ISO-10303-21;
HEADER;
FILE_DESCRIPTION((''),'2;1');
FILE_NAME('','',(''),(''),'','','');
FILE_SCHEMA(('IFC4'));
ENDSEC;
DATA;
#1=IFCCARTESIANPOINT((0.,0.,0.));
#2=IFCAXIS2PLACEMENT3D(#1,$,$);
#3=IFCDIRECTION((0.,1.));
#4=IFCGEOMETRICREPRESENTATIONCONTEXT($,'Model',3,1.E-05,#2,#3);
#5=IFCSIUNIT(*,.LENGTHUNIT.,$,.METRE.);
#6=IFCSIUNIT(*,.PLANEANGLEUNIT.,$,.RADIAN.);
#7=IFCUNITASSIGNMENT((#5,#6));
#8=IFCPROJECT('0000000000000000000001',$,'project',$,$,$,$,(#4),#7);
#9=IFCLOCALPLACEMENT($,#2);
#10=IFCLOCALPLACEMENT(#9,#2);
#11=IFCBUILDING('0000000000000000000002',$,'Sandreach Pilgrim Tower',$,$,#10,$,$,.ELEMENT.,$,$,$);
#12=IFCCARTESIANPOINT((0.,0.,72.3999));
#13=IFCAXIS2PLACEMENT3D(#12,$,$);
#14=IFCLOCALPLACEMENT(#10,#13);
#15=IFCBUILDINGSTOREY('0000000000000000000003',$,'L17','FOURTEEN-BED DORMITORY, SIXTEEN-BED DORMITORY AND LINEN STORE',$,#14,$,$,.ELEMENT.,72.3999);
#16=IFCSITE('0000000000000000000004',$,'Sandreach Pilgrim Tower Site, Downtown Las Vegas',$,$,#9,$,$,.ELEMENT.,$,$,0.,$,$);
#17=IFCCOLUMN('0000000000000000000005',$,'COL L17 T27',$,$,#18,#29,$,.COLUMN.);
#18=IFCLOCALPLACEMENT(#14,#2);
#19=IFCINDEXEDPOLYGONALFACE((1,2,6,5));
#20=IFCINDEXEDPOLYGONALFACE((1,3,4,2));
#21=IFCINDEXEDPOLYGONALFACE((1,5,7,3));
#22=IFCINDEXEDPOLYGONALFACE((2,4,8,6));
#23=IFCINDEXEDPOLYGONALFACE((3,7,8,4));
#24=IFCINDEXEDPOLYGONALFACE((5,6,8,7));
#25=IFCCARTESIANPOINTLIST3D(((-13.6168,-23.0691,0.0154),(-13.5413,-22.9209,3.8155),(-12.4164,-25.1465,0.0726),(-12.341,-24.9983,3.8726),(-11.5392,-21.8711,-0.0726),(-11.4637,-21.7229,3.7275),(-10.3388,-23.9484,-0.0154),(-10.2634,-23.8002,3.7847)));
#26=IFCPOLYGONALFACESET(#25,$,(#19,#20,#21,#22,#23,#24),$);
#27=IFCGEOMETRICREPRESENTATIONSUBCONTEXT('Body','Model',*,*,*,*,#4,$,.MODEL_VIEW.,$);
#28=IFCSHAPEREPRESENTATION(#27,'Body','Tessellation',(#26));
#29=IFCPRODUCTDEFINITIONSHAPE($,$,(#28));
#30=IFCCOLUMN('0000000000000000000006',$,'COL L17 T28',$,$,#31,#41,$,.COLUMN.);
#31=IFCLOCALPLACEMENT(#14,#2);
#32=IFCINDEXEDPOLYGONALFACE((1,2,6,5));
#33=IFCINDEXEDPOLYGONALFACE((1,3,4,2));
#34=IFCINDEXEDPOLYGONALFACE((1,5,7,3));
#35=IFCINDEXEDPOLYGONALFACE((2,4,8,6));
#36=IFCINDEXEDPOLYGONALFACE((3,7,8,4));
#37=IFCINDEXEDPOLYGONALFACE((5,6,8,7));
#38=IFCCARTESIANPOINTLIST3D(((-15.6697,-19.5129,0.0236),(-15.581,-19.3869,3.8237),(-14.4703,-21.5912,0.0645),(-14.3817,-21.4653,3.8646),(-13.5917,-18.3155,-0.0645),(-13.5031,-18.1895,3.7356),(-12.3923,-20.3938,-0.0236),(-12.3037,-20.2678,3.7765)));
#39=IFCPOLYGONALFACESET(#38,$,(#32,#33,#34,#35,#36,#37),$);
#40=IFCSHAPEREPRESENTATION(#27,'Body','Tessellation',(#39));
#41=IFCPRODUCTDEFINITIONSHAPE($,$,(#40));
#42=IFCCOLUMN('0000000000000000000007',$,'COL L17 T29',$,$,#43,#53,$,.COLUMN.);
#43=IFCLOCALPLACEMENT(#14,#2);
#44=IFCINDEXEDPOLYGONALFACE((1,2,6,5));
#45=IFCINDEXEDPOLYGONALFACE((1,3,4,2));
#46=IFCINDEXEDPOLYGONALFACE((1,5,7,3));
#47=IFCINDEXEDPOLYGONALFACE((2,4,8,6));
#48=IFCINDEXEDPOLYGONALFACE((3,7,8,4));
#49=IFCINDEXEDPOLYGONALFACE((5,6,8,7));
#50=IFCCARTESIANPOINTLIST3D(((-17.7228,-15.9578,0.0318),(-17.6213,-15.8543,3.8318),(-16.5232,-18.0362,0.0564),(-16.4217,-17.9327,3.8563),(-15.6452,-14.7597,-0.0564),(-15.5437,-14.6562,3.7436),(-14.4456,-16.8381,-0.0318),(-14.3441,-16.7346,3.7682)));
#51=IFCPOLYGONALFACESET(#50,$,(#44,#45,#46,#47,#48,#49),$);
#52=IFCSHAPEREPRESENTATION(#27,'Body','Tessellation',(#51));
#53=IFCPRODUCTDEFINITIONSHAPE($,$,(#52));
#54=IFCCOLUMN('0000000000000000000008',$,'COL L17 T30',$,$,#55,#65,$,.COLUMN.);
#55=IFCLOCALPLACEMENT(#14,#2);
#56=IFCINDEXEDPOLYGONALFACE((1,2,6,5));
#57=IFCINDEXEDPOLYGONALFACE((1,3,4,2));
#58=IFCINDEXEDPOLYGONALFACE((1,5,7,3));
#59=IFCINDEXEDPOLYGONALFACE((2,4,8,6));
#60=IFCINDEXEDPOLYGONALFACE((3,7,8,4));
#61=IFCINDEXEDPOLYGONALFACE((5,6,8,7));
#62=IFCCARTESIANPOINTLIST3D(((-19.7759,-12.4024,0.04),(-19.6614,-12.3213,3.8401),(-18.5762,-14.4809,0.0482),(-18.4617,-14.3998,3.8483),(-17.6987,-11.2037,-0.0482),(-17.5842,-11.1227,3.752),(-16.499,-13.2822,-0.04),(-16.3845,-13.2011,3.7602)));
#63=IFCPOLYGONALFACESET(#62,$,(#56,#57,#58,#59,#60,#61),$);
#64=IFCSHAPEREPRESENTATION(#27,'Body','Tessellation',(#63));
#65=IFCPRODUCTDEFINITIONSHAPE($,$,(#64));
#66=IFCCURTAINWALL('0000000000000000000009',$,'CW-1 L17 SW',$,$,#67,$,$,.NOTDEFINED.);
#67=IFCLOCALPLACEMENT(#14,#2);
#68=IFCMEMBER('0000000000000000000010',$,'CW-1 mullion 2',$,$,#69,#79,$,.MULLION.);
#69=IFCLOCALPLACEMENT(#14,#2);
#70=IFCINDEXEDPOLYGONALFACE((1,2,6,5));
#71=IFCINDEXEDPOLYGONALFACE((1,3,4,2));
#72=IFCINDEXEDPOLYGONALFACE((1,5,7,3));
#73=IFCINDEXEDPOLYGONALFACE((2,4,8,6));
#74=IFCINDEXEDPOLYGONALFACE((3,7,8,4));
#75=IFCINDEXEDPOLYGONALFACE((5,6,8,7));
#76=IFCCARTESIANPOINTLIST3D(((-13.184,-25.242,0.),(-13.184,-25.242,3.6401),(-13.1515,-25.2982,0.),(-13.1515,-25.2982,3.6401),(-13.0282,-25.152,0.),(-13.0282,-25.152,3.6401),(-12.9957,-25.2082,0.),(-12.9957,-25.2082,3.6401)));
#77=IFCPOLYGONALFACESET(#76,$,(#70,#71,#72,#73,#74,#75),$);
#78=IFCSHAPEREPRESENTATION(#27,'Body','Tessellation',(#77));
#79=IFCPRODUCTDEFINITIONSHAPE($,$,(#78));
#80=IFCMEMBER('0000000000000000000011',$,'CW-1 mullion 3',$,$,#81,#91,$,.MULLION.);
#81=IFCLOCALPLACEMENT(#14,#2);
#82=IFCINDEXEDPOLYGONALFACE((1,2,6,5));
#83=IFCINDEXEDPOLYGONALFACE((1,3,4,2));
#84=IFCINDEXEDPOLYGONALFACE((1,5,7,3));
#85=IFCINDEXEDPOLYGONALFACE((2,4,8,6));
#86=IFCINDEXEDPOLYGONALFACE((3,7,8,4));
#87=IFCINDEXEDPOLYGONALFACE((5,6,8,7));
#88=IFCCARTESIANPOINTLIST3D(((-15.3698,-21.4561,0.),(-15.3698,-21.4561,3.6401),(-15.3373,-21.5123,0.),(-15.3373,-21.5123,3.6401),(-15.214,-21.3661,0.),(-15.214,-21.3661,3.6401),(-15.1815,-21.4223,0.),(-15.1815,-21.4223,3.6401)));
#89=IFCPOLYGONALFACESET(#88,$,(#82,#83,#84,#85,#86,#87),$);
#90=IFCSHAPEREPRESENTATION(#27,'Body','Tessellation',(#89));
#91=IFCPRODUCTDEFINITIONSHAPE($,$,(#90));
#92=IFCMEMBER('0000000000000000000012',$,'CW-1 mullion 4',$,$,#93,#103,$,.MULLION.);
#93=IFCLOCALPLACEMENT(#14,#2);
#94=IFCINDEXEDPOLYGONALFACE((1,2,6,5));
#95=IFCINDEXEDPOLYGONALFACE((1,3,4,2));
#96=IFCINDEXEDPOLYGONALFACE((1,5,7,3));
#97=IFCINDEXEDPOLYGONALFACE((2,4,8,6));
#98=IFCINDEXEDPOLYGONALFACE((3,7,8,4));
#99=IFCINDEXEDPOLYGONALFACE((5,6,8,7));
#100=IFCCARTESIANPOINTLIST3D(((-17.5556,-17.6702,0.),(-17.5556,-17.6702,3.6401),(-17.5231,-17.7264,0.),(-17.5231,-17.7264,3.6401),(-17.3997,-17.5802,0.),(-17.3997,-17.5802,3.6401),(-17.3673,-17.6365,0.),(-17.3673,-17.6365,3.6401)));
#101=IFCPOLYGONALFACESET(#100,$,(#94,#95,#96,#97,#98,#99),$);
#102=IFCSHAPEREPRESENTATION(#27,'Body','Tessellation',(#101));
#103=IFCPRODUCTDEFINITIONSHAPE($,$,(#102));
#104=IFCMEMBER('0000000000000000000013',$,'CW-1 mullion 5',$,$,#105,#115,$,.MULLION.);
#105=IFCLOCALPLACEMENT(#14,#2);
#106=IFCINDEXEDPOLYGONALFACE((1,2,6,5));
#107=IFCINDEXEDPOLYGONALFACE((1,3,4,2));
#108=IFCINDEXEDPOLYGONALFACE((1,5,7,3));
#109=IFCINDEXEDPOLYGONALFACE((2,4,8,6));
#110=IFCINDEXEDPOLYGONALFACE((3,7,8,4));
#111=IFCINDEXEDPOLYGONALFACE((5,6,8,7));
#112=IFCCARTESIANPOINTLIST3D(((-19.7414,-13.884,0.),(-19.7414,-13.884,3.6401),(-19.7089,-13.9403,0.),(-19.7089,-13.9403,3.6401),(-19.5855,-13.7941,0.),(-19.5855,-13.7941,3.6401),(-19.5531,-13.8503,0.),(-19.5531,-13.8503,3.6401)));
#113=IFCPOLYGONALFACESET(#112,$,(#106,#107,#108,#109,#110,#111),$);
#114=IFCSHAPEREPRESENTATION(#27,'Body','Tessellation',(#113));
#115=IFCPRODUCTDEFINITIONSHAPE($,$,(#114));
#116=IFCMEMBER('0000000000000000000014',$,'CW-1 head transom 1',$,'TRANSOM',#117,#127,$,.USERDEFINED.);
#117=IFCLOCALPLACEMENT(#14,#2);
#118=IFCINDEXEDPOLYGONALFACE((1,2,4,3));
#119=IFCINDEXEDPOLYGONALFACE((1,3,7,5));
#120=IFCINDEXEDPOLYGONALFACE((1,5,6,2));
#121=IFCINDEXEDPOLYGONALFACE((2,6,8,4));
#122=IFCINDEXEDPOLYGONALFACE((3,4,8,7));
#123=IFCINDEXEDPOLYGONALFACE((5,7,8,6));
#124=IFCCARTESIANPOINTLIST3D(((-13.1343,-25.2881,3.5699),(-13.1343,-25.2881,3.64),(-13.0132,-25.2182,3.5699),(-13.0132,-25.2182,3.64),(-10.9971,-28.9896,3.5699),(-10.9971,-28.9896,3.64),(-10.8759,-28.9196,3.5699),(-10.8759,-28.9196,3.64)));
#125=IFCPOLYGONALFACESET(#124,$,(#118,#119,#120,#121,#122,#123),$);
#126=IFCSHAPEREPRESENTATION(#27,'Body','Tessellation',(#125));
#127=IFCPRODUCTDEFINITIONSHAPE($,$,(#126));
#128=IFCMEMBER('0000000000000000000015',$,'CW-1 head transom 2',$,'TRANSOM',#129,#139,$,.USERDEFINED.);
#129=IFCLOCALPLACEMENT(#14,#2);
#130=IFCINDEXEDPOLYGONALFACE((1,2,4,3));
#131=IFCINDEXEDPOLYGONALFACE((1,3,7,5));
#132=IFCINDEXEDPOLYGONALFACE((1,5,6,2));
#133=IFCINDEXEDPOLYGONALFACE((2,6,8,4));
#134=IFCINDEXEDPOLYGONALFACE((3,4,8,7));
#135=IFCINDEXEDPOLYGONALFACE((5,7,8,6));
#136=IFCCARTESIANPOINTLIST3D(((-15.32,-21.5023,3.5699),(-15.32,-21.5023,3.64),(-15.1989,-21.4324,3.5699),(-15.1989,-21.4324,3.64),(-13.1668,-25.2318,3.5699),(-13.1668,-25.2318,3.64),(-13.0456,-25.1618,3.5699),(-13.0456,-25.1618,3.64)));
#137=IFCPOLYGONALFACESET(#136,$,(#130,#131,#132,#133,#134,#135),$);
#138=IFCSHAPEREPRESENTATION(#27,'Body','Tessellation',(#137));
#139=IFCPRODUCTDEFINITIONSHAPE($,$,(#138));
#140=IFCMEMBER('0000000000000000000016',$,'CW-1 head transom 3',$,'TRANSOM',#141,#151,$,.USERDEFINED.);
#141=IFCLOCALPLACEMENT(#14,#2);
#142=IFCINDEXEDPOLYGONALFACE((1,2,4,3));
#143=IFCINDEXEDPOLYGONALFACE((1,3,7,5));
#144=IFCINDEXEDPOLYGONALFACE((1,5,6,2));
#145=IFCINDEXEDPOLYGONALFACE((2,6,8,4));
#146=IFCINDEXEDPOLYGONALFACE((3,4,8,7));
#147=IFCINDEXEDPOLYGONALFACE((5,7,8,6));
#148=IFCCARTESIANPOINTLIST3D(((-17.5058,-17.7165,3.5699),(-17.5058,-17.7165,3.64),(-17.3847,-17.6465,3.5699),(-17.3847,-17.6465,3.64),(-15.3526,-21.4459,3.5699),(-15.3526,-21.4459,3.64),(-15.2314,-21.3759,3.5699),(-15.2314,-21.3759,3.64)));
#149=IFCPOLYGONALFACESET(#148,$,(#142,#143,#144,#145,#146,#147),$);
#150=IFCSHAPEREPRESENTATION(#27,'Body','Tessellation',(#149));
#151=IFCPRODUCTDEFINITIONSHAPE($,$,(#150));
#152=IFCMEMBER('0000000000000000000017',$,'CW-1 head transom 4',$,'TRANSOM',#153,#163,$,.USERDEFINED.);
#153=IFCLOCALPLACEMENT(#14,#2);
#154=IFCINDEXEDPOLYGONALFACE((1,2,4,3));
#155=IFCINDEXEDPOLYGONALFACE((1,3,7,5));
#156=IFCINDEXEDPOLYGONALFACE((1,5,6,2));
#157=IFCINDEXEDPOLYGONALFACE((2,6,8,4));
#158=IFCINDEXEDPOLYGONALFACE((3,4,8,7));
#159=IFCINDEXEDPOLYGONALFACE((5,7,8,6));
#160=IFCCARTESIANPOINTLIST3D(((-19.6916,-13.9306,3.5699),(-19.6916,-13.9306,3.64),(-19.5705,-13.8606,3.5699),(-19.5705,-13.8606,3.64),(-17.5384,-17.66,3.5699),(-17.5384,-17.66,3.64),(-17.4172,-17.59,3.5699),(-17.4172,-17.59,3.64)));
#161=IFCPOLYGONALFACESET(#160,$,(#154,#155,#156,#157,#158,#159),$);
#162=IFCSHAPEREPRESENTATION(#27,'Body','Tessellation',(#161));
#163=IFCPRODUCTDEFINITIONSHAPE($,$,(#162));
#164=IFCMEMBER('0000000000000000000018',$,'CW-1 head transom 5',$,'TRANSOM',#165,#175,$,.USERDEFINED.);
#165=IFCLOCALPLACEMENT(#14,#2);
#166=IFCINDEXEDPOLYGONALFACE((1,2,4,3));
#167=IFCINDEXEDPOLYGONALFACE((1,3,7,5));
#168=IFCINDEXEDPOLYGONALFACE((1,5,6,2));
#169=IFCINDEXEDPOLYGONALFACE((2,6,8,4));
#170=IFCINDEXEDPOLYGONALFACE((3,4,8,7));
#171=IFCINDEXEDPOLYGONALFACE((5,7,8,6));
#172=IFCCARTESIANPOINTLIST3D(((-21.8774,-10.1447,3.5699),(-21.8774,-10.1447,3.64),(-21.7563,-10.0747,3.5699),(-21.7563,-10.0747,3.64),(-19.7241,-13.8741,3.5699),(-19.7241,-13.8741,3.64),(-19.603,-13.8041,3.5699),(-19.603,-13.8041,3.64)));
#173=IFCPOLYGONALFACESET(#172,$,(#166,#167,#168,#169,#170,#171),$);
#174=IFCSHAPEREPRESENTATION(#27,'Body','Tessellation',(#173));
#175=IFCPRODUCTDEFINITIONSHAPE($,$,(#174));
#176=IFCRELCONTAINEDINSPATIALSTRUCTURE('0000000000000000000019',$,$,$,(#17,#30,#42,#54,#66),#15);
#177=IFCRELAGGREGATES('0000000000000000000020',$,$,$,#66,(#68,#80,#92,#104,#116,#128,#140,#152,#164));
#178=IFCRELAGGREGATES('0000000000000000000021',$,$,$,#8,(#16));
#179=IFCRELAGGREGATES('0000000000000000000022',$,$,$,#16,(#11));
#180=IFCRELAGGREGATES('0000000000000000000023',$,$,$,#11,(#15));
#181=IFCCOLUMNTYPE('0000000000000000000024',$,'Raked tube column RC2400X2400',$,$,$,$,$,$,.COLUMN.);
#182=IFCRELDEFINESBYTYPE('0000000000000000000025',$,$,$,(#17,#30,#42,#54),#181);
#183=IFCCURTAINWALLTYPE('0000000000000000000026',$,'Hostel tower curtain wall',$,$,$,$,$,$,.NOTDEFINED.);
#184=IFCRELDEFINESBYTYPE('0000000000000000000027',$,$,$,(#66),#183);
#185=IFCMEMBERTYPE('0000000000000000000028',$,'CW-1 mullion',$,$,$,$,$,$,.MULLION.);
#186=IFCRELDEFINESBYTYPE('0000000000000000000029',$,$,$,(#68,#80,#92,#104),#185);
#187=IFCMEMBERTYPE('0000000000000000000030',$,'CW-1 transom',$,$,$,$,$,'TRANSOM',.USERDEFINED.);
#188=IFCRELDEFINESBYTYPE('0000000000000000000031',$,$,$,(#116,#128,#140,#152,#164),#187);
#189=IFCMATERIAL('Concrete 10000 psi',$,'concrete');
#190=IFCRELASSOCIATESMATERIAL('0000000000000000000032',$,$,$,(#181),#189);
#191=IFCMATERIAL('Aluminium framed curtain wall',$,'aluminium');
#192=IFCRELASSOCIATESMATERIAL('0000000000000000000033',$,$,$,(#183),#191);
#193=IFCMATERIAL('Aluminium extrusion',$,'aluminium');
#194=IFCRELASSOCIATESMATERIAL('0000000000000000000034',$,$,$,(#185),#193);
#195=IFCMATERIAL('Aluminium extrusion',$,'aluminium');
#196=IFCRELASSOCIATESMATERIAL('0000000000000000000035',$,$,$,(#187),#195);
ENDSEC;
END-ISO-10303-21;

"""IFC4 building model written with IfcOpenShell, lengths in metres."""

from ifc_helpers import new_model, si_unit, direction, frame, origin, origin_2d, place, context, subcontext, project, spatial, rectangle, extrude, material, material_profile, profile_set, type_object, element, aggregate, save


model = new_model("IFC4")

# Units and contexts
model_context = context("Model", 3, precision=1e-05, world=origin(), true_north=direction((0.0, 1.0)))
body_context = subcontext(model_context, "Body", "Model", "MODEL_VIEW")
ifc_project = project(units=[si_unit("LENGTHUNIT", "METRE"), si_unit("PLANEANGLEUNIT", "RADIAN")], contexts=[model_context])

# Site, building, storey
site_placement = place(None, origin())
site = spatial("IfcSite", under=ifc_project, at=site_placement, Name="Sandreach Pilgrim Tower Site, Downtown Las Vegas", CompositionType="ELEMENT", RefElevation=0.0)
building_placement = place(site_placement, origin())
building = spatial("IfcBuilding", under=site, at=building_placement, Name="Sandreach Pilgrim Tower", CompositionType="ELEMENT")
storey_placement = place(building_placement, frame((0.0, 0.0, 72.3999)))
storey = spatial("IfcBuildingStorey", under=building, at=storey_placement, Name="L17", Description="FOURTEEN-BED DORMITORY, SIXTEEN-BED DORMITORY AND LINEN STORE", CompositionType="ELEMENT", Elevation=72.3999)

# Columns
ifc_material_1 = material(Name="Concrete 10000 psi", Category="concrete")
ifc_material_profile_1 = material_profile(ifc_material_1, rectangle(XDim=2.3999, YDim=2.3999, at=origin_2d()), Name="RC2400X2400")
ifc_profile_set_1 = profile_set([ifc_material_profile_1], Name="Concrete 10000 psi")
column_type = type_object("IfcColumnType", Name="Raked tube column RC2400X2400", PredefinedType="COLUMN", material=ifc_profile_set_1)
column_1_placement = place(storey_placement, frame((-11.9778, -23.5088, 0.0), z_axis=(0.019833, 0.03896, 0.999044), x_axis=(-0.865704, -0.499212, 0.036654)))
element("IfcColumn", 1, at=column_1_placement, inside=storey, type_object=column_type, Name="COL L17 T27", PredefinedType="COLUMN", context=body_context, shape_type="SweptSolid", body=[
    extrude(rectangle(XDim=2.3999, YDim=2.3999, at=origin_2d()), origin(), (0.0, 0.0, 1.0), 3.8037),
])
column_2_placement = place(storey_placement, frame((-14.031, -19.9534, 0.0), z_axis=(0.023302, 0.033124, 0.99918), x_axis=(-0.865854, -0.498947, 0.036734)))
element("IfcColumn", 2, at=column_2_placement, inside=storey, type_object=column_type, Name="COL L17 T28", PredefinedType="COLUMN", context=body_context, shape_type="SweptSolid", body=[
    extrude(rectangle(XDim=2.3999, YDim=2.3999, at=origin_2d()), origin(), (0.0, 0.0, 1.0), 3.8032),
])
for number, where, z_axis, x_axis, name in (
    (3, (-16.0842, -16.3979, 0.0), (0.026707, 0.027221, 0.999273), (-0.865695, -0.499221, 0.036736), "COL L17 T29"),
    (4, (-18.1375, -12.8423, 0.0), (0.030111, 0.021315, 0.999319), (-0.865558, -0.49946, 0.036734), "COL L17 T30"),
):
    element("IfcColumn", number, at=place(storey_placement, frame(where, z_axis=z_axis, x_axis=x_axis)), inside=storey, type_object=column_type, Name=name, PredefinedType="COLUMN", context=body_context, shape_type="SweptSolid", body=[
        extrude(rectangle(XDim=2.3999, YDim=2.3999, at=origin_2d()), origin(), (0.0, 0.0, 1.0), 3.8027),
    ])

# Curtain wall, members
ifc_material_2 = material(Name="Aluminium framed curtain wall", Category="aluminium")
curtain_wall_type = type_object("IfcCurtainWallType", Name="Hostel tower curtain wall", PredefinedType="NOTDEFINED", material=ifc_material_2)
curtain_wall_placement = place(storey_placement, origin())
curtain_wall = element("IfcCurtainWall", 5, at=curtain_wall_placement, inside=storey, type_object=curtain_wall_type, Name="CW-1 L17 SW", PredefinedType="NOTDEFINED")
ifc_material_3 = material(Name="Aluminium extrusion", Category="aluminium")
ifc_material_profile_2 = material_profile(ifc_material_3, rectangle(XDim=0.0649, YDim=0.1799, at=origin_2d()), Name="CW-1M 65X180")
ifc_profile_set_2 = profile_set([ifc_material_profile_2], Name="Aluminium extrusion")
member_type_1 = type_object("IfcMemberType", Name="CW-1 mullion", PredefinedType="MULLION", material=ifc_profile_set_2)
member_1_placement = place(storey_placement, frame((-13.0898, -25.2251, 0.0), z_axis=(0.0, 0.0, 1.0), x_axis=(-0.5, 0.866025, 0.0)))
member_1 = element("IfcMember", 6, at=member_1_placement, type_object=member_type_1, Name="CW-1 mullion 2", PredefinedType="MULLION", context=body_context, shape_type="SweptSolid", body=[
    extrude(rectangle(XDim=0.0649, YDim=0.1799, at=origin_2d()), origin(), (0.0, 0.0, 1.0), 3.6401),
])
member_2_placement = place(storey_placement, frame((-15.2756, -21.4392, 0.0), z_axis=(0.0, 0.0, 1.0), x_axis=(-0.5, 0.866025, 0.0)))
member_2 = element("IfcMember", 7, at=member_2_placement, type_object=member_type_1, Name="CW-1 mullion 3", PredefinedType="MULLION", context=body_context, shape_type="SweptSolid", body=[
    extrude(rectangle(XDim=0.0649, YDim=0.1799, at=origin_2d()), origin(), (0.0, 0.0, 1.0), 3.6401),
])
member_3_placement = place(storey_placement, frame((-17.4614, -17.6533, 0.0), z_axis=(0.0, 0.0, 1.0), x_axis=(-0.5, 0.866025, 0.0)))
member_3 = element("IfcMember", 8, at=member_3_placement, type_object=member_type_1, Name="CW-1 mullion 4", PredefinedType="MULLION", context=body_context, shape_type="SweptSolid", body=[
    extrude(rectangle(XDim=0.0649, YDim=0.1799, at=origin_2d()), origin(), (0.0, 0.0, 1.0), 3.6401),
])
member_4_placement = place(storey_placement, frame((-19.6472, -13.8672, 0.0), z_axis=(0.0, 0.0, 1.0), x_axis=(-0.5, 0.866025, 0.0)))
member_4 = element("IfcMember", 9, at=member_4_placement, type_object=member_type_1, Name="CW-1 mullion 5", PredefinedType="MULLION", context=body_context, shape_type="SweptSolid", body=[
    extrude(rectangle(XDim=0.0649, YDim=0.1799, at=origin_2d()), origin(), (0.0, 0.0, 1.0), 3.6401),
])
ifc_material_4 = material(Name="Aluminium extrusion", Category="aluminium")
ifc_material_profile_3 = material_profile(ifc_material_4, rectangle(XDim=0.1399, YDim=0.0701, at=origin_2d()), Name="CW-1T 140X70")
ifc_profile_set_3 = profile_set([ifc_material_profile_3], Name="Aluminium extrusion")
member_type_2 = type_object("IfcMemberType", Name="CW-1 transom", ElementType="TRANSOM", PredefinedType="USERDEFINED", material=ifc_profile_set_3)
member_5_placement = place(storey_placement, frame((-10.9365, -28.9546, 3.605), z_axis=(-0.500034, 0.866006, 0.0), x_axis=(-0.866006, -0.500034, 0.0)))
member_5 = element("IfcMember", 10, at=member_5_placement, type_object=member_type_2, Name="CW-1 head transom 1", ObjectType="TRANSOM", PredefinedType="USERDEFINED", context=body_context, shape_type="SweptSolid", body=[
    extrude(rectangle(XDim=0.1399, YDim=0.0701, at=origin_2d()), origin(), (0.0, 0.0, 1.0), 4.2742),
])
member_6_placement = place(storey_placement, frame((-13.1062, -25.1968, 3.605), z_axis=(-0.500017, 0.866016, 0.0), x_axis=(-0.866016, -0.500017, 0.0)))
member_6 = element("IfcMember", 11, at=member_6_placement, type_object=member_type_2, Name="CW-1 head transom 2", ObjectType="TRANSOM", PredefinedType="USERDEFINED", context=body_context, shape_type="SweptSolid", body=[
    extrude(rectangle(XDim=0.1399, YDim=0.0701, at=origin_2d()), origin(), (0.0, 0.0, 1.0), 4.3064),
])
member_7_placement = place(storey_placement, frame((-15.292, -21.4109, 3.605), z_axis=(-0.500017, 0.866016, 0.0), x_axis=(-0.866016, -0.500017, 0.0)))
member_7 = element("IfcMember", 12, at=member_7_placement, type_object=member_type_2, Name="CW-1 head transom 3", ObjectType="TRANSOM", PredefinedType="USERDEFINED", context=body_context, shape_type="SweptSolid", body=[
    extrude(rectangle(XDim=0.1399, YDim=0.0701, at=origin_2d()), origin(), (0.0, 0.0, 1.0), 4.3064),
])
member_8_placement = place(storey_placement, frame((-17.4778, -17.625, 3.605), z_axis=(-0.500017, 0.866016, 0.0), x_axis=(-0.866016, -0.500017, 0.0)))
member_8 = element("IfcMember", 13, at=member_8_placement, type_object=member_type_2, Name="CW-1 head transom 4", ObjectType="TRANSOM", PredefinedType="USERDEFINED", context=body_context, shape_type="SweptSolid", body=[
    extrude(rectangle(XDim=0.1399, YDim=0.0701, at=origin_2d()), origin(), (0.0, 0.0, 1.0), 4.3064),
])
member_9_placement = place(storey_placement, frame((-19.6636, -13.8391, 3.605), z_axis=(-0.500017, 0.866016, 0.0), x_axis=(-0.866016, -0.500017, 0.0)))
member_9 = element("IfcMember", 14, at=member_9_placement, type_object=member_type_2, Name="CW-1 head transom 5", ObjectType="TRANSOM", PredefinedType="USERDEFINED", context=body_context, shape_type="SweptSolid", body=[
    extrude(rectangle(XDim=0.1399, YDim=0.0701, at=origin_2d()), origin(), (0.0, 0.0, 1.0), 4.3064),
])

aggregate(curtain_wall, [member_1, member_2, member_3, member_4, member_5, member_6, member_7, member_8, member_9])

save(model, "model.ifc")
